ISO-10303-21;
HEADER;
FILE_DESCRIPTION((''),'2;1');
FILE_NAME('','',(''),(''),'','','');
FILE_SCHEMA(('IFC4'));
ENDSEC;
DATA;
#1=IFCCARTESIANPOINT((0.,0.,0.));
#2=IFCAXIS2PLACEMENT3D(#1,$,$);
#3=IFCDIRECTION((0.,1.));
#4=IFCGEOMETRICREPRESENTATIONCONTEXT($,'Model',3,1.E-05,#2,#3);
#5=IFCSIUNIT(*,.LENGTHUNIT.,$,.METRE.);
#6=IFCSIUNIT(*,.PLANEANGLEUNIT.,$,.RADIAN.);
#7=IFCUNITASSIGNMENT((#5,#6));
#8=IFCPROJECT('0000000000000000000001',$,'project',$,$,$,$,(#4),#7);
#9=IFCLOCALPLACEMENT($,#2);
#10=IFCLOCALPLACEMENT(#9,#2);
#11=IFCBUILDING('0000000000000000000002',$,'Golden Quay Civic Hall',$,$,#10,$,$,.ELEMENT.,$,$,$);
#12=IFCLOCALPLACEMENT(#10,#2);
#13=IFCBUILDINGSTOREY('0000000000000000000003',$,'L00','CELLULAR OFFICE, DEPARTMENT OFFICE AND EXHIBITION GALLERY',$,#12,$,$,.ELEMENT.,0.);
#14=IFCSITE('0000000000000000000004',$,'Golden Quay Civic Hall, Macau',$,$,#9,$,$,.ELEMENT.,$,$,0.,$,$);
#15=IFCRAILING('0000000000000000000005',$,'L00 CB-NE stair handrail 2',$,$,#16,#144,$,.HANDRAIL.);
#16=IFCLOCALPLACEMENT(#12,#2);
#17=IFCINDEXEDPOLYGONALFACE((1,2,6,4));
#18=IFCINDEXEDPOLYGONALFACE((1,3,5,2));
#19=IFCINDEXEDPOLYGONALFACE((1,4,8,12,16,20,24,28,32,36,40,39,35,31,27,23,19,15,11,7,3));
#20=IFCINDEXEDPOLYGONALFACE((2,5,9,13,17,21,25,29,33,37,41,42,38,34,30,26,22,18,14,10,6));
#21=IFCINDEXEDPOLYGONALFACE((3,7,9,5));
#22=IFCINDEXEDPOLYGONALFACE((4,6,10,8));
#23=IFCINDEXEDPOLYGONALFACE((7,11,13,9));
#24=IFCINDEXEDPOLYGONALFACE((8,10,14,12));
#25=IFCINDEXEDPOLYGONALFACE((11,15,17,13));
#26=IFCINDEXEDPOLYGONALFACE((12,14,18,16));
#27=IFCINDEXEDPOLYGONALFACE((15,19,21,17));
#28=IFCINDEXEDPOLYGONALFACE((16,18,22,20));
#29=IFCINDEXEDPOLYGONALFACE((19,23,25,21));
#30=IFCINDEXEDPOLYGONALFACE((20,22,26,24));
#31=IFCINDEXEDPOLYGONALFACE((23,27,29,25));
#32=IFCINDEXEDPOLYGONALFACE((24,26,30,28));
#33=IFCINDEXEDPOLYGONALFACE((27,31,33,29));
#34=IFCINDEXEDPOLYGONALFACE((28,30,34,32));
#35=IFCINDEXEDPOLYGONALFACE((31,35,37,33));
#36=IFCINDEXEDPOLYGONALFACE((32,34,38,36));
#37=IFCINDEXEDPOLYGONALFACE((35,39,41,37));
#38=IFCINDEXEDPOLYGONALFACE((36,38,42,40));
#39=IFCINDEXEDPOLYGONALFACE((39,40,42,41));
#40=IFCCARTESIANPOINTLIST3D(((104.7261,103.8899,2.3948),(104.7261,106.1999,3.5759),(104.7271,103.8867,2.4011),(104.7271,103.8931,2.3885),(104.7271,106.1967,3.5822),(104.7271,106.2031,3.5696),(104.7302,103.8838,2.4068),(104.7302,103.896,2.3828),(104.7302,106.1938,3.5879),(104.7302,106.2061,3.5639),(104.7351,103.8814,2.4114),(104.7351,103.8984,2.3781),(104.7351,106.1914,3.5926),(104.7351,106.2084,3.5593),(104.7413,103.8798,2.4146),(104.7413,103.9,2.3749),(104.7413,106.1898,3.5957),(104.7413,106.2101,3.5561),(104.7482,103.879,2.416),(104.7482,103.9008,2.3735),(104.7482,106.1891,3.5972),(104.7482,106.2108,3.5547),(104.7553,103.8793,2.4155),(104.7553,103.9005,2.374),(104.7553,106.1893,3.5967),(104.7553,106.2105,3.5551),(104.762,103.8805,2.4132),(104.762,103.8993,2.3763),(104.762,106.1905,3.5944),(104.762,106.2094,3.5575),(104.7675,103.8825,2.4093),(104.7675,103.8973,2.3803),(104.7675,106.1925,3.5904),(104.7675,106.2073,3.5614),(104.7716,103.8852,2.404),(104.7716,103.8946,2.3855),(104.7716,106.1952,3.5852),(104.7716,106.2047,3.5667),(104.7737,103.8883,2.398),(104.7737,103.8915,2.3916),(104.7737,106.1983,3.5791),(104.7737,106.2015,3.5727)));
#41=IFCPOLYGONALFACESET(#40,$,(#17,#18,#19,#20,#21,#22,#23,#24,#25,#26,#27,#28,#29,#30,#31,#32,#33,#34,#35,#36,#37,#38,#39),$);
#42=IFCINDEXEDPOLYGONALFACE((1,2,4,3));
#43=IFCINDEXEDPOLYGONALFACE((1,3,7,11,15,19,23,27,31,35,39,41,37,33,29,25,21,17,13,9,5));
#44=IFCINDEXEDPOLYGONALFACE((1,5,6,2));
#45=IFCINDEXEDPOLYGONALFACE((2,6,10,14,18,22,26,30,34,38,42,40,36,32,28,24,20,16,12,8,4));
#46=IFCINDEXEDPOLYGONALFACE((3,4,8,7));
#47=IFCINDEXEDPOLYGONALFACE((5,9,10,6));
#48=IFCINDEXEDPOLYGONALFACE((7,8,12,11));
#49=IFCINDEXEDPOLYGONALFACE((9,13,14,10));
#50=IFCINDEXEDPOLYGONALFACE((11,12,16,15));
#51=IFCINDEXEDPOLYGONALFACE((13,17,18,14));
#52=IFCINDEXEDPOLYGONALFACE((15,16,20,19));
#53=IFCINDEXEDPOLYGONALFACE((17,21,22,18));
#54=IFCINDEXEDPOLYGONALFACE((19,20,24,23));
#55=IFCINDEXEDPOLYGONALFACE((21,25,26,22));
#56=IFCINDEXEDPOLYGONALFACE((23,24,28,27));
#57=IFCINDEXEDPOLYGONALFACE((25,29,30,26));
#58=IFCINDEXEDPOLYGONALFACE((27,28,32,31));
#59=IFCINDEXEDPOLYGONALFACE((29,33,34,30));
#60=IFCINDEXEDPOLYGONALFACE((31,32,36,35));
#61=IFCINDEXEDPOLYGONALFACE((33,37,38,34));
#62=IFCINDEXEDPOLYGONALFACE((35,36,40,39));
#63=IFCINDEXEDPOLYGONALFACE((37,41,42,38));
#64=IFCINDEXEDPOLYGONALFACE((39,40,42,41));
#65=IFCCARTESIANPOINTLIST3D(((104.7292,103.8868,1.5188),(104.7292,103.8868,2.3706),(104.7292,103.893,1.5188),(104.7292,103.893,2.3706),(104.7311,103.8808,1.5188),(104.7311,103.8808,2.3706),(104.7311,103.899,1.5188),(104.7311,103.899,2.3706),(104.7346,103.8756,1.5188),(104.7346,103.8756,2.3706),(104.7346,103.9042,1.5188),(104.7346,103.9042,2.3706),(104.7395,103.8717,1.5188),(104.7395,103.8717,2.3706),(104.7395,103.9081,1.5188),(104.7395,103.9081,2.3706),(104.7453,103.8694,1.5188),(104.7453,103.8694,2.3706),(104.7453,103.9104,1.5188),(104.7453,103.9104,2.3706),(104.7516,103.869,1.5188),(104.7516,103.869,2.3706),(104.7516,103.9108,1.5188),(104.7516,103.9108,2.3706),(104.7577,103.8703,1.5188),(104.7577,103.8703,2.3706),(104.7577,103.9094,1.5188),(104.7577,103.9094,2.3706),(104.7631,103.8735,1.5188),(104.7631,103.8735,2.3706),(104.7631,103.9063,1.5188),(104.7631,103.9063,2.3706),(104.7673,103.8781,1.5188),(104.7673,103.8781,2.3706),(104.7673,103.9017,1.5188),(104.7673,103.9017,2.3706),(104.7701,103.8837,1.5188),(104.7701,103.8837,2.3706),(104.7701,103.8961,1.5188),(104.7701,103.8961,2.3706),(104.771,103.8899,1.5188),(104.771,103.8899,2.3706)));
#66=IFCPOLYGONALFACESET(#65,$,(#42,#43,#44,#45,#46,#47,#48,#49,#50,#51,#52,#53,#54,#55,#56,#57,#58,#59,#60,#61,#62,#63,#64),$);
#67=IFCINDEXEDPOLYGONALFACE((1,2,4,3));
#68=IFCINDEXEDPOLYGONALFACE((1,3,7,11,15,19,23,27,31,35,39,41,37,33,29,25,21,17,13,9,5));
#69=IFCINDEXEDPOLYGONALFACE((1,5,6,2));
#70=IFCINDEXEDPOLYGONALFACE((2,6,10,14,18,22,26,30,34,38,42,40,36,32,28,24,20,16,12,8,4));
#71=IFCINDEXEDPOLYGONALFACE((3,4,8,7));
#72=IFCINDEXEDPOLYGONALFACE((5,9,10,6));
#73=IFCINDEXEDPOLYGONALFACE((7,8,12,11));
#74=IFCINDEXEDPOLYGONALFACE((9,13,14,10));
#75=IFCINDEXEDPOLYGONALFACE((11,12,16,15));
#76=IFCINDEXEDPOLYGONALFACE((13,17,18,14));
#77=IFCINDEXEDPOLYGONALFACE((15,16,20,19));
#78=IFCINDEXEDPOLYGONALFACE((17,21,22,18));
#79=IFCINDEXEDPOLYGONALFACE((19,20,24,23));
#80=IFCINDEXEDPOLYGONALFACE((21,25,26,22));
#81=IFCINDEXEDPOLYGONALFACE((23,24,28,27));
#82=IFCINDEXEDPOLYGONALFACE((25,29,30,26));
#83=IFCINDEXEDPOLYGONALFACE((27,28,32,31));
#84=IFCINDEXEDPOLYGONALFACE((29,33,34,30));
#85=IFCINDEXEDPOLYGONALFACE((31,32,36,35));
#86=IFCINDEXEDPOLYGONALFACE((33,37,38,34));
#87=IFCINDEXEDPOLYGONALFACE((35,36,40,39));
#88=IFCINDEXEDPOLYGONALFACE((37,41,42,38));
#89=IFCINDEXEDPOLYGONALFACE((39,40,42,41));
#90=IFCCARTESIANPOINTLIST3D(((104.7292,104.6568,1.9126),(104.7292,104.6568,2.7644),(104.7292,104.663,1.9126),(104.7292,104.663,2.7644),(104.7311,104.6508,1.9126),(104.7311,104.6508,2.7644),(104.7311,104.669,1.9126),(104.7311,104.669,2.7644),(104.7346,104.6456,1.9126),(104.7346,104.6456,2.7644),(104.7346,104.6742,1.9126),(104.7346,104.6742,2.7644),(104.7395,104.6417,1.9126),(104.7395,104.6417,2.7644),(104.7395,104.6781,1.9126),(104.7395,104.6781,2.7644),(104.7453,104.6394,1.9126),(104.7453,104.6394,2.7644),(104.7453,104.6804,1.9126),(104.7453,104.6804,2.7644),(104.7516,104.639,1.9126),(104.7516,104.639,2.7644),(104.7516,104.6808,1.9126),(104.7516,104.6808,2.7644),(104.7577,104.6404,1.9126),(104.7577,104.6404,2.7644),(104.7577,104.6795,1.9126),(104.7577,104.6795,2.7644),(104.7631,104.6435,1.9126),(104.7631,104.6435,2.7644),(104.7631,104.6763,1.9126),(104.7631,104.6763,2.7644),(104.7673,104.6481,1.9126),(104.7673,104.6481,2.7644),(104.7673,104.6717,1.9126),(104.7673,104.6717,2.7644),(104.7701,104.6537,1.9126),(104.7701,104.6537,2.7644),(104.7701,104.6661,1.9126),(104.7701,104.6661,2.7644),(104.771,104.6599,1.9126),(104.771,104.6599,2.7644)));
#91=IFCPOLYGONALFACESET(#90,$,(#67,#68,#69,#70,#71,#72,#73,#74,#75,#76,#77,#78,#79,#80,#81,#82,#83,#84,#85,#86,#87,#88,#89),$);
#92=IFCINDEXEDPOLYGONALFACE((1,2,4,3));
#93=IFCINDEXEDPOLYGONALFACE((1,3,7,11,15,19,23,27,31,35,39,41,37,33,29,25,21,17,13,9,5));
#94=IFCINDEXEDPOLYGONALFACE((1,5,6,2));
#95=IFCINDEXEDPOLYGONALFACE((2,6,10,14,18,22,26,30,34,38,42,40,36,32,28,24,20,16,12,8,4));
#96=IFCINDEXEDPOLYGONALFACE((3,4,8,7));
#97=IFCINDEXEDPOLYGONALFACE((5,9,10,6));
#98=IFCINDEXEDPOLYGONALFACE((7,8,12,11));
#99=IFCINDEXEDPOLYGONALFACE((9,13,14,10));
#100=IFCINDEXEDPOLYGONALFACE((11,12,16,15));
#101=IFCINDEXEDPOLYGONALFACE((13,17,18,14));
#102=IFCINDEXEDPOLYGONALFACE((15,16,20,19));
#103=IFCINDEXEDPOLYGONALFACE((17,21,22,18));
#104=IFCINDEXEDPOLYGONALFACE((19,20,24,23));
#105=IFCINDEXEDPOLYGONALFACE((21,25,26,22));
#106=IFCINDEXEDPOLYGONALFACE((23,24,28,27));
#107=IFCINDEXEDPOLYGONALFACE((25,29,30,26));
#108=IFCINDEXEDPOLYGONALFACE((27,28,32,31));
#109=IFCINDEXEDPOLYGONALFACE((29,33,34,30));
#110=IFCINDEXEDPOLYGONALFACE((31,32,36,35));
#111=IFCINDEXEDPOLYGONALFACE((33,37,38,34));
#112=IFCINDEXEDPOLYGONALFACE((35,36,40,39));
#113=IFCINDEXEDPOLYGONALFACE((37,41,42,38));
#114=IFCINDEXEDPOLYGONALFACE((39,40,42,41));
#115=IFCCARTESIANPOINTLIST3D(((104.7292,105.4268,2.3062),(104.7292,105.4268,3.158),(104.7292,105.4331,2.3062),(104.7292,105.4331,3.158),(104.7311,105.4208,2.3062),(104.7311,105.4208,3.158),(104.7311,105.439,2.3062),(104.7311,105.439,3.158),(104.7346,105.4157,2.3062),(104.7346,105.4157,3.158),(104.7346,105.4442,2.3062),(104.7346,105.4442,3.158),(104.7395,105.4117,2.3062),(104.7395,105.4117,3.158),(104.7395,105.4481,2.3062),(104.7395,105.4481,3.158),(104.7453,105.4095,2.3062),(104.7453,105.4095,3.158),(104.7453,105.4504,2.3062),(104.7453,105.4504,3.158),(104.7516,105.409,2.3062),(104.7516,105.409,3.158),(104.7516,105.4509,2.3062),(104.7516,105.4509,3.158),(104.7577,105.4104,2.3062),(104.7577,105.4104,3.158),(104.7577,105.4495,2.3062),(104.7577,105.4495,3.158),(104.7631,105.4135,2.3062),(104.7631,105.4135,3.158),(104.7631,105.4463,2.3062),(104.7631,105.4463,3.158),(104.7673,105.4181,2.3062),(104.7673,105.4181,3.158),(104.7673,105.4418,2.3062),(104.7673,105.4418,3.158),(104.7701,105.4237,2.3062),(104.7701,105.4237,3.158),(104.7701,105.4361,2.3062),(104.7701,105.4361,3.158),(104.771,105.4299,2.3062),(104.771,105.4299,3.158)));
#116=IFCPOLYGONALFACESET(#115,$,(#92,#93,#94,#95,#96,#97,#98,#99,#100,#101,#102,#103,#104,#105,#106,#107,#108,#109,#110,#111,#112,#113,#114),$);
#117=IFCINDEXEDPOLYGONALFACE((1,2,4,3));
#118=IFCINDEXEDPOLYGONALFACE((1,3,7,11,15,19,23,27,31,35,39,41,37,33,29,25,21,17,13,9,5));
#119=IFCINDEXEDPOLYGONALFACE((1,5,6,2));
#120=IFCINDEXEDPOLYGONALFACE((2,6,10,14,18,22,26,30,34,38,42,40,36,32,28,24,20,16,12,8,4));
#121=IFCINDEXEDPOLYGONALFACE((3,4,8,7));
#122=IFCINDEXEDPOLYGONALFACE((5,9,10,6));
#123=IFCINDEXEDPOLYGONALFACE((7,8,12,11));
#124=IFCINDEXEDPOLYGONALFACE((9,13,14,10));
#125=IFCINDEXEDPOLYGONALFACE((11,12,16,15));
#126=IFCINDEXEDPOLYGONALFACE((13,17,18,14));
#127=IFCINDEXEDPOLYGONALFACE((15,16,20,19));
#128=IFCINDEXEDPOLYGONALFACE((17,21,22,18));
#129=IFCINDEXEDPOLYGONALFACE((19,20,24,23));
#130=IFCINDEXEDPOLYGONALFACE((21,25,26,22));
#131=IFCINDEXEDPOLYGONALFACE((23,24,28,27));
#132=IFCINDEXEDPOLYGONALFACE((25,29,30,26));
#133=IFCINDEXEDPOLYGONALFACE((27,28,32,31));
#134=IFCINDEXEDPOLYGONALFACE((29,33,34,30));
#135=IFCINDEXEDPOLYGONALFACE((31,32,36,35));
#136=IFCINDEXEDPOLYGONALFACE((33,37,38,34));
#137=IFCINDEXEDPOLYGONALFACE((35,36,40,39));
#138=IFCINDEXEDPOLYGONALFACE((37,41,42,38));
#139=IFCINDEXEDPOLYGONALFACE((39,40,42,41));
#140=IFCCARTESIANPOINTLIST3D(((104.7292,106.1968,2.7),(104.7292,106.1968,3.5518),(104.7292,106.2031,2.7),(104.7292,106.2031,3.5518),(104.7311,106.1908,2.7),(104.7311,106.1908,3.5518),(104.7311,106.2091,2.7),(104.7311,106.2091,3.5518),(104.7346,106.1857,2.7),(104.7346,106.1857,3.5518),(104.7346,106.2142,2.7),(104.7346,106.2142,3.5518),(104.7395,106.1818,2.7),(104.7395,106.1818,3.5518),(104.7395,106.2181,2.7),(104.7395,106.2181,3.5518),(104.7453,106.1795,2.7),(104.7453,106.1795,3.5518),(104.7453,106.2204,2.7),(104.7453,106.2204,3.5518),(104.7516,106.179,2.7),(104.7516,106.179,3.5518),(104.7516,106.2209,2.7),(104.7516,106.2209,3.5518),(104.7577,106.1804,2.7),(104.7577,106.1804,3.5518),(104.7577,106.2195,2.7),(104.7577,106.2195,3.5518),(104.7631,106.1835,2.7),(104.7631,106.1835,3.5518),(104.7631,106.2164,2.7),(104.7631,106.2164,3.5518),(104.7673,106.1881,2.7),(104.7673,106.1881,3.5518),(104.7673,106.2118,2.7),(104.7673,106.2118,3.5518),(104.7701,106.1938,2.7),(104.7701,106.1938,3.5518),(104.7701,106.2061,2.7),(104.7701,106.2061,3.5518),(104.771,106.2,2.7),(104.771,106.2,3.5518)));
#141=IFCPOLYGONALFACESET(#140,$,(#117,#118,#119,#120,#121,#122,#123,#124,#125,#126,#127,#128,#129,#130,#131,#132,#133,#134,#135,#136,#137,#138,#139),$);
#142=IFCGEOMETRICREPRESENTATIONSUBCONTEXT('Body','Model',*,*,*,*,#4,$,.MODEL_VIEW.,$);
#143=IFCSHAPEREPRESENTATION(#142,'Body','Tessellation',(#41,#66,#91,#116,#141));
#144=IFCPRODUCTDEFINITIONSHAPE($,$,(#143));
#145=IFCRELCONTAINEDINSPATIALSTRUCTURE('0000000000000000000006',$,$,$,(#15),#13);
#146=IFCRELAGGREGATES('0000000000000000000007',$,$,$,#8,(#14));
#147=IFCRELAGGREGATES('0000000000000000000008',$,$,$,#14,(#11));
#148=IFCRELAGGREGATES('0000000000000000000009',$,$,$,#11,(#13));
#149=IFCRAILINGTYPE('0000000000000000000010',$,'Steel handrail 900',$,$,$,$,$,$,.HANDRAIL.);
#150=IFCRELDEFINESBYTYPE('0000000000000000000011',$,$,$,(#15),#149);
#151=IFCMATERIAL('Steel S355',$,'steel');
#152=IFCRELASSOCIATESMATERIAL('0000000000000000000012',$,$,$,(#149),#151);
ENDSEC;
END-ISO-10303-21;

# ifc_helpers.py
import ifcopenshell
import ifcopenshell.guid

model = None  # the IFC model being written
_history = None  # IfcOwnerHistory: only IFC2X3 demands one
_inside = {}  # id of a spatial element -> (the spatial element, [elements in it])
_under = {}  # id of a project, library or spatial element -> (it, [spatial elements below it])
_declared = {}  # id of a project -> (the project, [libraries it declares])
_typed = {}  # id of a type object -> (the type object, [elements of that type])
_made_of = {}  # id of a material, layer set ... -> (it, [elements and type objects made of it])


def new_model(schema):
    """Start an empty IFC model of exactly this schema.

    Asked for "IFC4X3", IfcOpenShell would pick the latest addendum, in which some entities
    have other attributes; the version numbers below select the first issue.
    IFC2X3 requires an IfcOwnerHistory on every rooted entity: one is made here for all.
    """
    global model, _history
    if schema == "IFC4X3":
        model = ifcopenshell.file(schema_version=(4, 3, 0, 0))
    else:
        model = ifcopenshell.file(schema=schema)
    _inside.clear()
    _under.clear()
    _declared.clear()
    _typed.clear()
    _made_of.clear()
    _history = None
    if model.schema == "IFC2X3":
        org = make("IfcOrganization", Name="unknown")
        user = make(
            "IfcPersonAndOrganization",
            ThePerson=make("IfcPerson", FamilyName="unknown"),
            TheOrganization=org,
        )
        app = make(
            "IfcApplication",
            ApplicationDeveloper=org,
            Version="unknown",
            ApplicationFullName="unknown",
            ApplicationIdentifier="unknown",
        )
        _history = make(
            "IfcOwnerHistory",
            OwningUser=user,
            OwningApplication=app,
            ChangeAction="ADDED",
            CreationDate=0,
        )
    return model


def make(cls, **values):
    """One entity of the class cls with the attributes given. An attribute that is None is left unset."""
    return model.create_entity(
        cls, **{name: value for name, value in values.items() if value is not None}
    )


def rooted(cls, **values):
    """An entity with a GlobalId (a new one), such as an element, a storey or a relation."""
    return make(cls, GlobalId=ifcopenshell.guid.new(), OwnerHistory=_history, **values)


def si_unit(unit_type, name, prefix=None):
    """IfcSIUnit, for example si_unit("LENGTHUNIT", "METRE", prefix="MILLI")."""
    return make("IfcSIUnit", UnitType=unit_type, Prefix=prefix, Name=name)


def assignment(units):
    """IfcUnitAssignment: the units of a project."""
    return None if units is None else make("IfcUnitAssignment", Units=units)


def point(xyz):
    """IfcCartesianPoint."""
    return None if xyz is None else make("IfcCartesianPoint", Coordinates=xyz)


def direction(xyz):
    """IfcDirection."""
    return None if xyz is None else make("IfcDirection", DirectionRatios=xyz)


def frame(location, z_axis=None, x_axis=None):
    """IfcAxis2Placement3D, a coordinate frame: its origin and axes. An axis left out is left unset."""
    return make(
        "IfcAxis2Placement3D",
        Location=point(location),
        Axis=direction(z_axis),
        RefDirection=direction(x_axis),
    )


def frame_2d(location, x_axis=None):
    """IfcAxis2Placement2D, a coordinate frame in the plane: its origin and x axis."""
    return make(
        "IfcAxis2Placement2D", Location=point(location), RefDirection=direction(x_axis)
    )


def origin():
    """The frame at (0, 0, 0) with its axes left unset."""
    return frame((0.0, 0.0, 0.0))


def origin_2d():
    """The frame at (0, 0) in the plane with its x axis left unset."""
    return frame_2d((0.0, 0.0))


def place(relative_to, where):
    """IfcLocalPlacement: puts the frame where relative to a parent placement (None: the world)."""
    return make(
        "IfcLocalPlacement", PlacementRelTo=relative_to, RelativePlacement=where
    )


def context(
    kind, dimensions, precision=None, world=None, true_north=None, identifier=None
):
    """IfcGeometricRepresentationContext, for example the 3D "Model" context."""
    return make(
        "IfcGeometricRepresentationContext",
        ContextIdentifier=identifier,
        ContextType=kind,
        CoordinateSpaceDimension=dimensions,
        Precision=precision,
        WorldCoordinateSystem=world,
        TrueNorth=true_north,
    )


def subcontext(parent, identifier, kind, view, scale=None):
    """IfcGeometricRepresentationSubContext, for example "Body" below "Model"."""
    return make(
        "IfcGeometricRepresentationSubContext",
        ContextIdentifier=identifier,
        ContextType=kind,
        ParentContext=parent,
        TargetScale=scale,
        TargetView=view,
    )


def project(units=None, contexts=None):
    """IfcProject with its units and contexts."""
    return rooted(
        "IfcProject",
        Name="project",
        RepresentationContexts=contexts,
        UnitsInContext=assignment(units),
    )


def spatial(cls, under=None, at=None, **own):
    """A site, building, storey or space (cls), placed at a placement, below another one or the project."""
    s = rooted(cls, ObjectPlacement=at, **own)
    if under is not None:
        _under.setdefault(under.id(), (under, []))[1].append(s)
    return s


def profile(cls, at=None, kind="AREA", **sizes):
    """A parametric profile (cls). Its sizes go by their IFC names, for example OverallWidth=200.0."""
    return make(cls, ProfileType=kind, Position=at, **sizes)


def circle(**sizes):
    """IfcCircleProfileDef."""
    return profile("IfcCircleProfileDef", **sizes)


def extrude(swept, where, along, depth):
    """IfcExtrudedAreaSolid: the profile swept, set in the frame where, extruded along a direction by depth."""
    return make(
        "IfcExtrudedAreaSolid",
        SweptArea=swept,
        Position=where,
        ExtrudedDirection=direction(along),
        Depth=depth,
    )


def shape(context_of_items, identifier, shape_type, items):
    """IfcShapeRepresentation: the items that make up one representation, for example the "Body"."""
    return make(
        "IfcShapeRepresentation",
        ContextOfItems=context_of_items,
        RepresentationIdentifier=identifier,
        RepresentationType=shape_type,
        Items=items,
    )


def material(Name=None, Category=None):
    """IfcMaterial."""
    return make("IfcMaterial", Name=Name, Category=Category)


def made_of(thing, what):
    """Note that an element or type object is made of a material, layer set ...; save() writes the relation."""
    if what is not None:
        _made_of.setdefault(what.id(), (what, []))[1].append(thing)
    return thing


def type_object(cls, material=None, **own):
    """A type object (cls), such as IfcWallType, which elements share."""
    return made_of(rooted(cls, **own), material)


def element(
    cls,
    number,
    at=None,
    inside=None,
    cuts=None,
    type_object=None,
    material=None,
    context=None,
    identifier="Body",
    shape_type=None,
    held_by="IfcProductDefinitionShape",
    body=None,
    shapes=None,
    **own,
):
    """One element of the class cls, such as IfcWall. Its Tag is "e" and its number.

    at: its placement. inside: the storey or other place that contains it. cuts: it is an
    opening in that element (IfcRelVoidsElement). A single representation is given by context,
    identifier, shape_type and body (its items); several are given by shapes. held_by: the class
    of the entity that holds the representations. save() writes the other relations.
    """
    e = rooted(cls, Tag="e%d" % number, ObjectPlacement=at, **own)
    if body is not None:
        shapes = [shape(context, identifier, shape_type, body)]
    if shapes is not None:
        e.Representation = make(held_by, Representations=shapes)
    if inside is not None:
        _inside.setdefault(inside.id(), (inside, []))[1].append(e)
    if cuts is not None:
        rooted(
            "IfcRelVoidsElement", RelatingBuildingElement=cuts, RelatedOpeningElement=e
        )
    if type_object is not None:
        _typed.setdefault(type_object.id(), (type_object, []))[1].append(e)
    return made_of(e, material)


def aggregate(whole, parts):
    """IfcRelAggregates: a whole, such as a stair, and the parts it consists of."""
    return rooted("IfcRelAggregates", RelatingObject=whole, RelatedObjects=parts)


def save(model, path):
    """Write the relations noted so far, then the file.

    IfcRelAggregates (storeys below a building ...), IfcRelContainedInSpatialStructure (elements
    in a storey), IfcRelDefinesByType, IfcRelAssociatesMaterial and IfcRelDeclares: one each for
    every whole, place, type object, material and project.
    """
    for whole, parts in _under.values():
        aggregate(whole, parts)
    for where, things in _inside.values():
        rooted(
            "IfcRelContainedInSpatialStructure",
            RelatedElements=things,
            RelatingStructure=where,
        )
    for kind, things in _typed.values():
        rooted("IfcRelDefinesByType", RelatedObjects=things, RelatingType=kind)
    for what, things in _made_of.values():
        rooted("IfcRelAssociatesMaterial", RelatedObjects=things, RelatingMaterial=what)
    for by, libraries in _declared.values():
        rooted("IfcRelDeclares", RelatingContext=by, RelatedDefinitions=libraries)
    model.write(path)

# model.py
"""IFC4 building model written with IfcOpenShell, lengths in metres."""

from ifc_helpers import new_model, si_unit, direction, frame, origin, origin_2d, place, context, subcontext, project, spatial, circle, extrude, material, type_object, element, save


model = new_model("IFC4")

# Units and contexts
model_context = context("Model", 3, precision=1e-05, world=origin(), true_north=direction((0.0, 1.0)))
body_context = subcontext(model_context, "Body", "Model", "MODEL_VIEW")
ifc_project = project(units=[si_unit("LENGTHUNIT", "METRE"), si_unit("PLANEANGLEUNIT", "RADIAN")], contexts=[model_context])

# Site, building, storey
site_placement = place(None, origin())
site = spatial("IfcSite", under=ifc_project, at=site_placement, Name="Golden Quay Civic Hall, Macau", CompositionType="ELEMENT", RefElevation=0.0)
building_placement = place(site_placement, origin())
building = spatial("IfcBuilding", under=site, at=building_placement, Name="Golden Quay Civic Hall", CompositionType="ELEMENT")
storey_placement = place(building_placement, origin())
storey = spatial("IfcBuildingStorey", under=building, at=storey_placement, Name="L00", Description="CELLULAR OFFICE, DEPARTMENT OFFICE AND EXHIBITION GALLERY", CompositionType="ELEMENT", Elevation=0.0)

# Railing
ifc_material_1 = material(Name="Steel S355", Category="steel")
railing_type_1 = type_object("IfcRailingType", Name="Steel handrail 900", PredefinedType="HANDRAIL", material=ifc_material_1)
railing_1_placement = place(storey_placement, frame((104.75, 103.8899, 1.5188)))
element("IfcRailing", 1, at=railing_1_placement, inside=storey, type_object=railing_type_1, Name="L00 CB-NE stair handrail 2", PredefinedType="HANDRAIL", context=body_context, shape_type="SweptSolid", body=[
    extrude(circle(Radius=0.0239, at=origin_2d()), frame((0.0, 0.0, 0.876), z_axis=(0.0, 0.890363, 0.45525), x_axis=(-1.0, 0.0, 0.0)), (0.0, 0.0, 1.0), 2.5945),
    extrude(circle(Radius=0.021, at=origin_2d()), origin(), (0.0, 0.0, 1.0), 0.8518),
    extrude(circle(Radius=0.021, at=origin_2d()), frame((0.0, 0.77, 0.3938)), (0.0, 0.0, 1.0), 0.8518),
    extrude(circle(Radius=0.021, at=origin_2d()), frame((0.0, 1.54, 0.7874)), (0.0, 0.0, 1.0), 0.8518),
    extrude(circle(Radius=0.021, at=origin_2d()), frame((0.0, 2.3101, 1.1812)), (0.0, 0.0, 1.0), 0.8518),
])

save(model, "model.ifc")
